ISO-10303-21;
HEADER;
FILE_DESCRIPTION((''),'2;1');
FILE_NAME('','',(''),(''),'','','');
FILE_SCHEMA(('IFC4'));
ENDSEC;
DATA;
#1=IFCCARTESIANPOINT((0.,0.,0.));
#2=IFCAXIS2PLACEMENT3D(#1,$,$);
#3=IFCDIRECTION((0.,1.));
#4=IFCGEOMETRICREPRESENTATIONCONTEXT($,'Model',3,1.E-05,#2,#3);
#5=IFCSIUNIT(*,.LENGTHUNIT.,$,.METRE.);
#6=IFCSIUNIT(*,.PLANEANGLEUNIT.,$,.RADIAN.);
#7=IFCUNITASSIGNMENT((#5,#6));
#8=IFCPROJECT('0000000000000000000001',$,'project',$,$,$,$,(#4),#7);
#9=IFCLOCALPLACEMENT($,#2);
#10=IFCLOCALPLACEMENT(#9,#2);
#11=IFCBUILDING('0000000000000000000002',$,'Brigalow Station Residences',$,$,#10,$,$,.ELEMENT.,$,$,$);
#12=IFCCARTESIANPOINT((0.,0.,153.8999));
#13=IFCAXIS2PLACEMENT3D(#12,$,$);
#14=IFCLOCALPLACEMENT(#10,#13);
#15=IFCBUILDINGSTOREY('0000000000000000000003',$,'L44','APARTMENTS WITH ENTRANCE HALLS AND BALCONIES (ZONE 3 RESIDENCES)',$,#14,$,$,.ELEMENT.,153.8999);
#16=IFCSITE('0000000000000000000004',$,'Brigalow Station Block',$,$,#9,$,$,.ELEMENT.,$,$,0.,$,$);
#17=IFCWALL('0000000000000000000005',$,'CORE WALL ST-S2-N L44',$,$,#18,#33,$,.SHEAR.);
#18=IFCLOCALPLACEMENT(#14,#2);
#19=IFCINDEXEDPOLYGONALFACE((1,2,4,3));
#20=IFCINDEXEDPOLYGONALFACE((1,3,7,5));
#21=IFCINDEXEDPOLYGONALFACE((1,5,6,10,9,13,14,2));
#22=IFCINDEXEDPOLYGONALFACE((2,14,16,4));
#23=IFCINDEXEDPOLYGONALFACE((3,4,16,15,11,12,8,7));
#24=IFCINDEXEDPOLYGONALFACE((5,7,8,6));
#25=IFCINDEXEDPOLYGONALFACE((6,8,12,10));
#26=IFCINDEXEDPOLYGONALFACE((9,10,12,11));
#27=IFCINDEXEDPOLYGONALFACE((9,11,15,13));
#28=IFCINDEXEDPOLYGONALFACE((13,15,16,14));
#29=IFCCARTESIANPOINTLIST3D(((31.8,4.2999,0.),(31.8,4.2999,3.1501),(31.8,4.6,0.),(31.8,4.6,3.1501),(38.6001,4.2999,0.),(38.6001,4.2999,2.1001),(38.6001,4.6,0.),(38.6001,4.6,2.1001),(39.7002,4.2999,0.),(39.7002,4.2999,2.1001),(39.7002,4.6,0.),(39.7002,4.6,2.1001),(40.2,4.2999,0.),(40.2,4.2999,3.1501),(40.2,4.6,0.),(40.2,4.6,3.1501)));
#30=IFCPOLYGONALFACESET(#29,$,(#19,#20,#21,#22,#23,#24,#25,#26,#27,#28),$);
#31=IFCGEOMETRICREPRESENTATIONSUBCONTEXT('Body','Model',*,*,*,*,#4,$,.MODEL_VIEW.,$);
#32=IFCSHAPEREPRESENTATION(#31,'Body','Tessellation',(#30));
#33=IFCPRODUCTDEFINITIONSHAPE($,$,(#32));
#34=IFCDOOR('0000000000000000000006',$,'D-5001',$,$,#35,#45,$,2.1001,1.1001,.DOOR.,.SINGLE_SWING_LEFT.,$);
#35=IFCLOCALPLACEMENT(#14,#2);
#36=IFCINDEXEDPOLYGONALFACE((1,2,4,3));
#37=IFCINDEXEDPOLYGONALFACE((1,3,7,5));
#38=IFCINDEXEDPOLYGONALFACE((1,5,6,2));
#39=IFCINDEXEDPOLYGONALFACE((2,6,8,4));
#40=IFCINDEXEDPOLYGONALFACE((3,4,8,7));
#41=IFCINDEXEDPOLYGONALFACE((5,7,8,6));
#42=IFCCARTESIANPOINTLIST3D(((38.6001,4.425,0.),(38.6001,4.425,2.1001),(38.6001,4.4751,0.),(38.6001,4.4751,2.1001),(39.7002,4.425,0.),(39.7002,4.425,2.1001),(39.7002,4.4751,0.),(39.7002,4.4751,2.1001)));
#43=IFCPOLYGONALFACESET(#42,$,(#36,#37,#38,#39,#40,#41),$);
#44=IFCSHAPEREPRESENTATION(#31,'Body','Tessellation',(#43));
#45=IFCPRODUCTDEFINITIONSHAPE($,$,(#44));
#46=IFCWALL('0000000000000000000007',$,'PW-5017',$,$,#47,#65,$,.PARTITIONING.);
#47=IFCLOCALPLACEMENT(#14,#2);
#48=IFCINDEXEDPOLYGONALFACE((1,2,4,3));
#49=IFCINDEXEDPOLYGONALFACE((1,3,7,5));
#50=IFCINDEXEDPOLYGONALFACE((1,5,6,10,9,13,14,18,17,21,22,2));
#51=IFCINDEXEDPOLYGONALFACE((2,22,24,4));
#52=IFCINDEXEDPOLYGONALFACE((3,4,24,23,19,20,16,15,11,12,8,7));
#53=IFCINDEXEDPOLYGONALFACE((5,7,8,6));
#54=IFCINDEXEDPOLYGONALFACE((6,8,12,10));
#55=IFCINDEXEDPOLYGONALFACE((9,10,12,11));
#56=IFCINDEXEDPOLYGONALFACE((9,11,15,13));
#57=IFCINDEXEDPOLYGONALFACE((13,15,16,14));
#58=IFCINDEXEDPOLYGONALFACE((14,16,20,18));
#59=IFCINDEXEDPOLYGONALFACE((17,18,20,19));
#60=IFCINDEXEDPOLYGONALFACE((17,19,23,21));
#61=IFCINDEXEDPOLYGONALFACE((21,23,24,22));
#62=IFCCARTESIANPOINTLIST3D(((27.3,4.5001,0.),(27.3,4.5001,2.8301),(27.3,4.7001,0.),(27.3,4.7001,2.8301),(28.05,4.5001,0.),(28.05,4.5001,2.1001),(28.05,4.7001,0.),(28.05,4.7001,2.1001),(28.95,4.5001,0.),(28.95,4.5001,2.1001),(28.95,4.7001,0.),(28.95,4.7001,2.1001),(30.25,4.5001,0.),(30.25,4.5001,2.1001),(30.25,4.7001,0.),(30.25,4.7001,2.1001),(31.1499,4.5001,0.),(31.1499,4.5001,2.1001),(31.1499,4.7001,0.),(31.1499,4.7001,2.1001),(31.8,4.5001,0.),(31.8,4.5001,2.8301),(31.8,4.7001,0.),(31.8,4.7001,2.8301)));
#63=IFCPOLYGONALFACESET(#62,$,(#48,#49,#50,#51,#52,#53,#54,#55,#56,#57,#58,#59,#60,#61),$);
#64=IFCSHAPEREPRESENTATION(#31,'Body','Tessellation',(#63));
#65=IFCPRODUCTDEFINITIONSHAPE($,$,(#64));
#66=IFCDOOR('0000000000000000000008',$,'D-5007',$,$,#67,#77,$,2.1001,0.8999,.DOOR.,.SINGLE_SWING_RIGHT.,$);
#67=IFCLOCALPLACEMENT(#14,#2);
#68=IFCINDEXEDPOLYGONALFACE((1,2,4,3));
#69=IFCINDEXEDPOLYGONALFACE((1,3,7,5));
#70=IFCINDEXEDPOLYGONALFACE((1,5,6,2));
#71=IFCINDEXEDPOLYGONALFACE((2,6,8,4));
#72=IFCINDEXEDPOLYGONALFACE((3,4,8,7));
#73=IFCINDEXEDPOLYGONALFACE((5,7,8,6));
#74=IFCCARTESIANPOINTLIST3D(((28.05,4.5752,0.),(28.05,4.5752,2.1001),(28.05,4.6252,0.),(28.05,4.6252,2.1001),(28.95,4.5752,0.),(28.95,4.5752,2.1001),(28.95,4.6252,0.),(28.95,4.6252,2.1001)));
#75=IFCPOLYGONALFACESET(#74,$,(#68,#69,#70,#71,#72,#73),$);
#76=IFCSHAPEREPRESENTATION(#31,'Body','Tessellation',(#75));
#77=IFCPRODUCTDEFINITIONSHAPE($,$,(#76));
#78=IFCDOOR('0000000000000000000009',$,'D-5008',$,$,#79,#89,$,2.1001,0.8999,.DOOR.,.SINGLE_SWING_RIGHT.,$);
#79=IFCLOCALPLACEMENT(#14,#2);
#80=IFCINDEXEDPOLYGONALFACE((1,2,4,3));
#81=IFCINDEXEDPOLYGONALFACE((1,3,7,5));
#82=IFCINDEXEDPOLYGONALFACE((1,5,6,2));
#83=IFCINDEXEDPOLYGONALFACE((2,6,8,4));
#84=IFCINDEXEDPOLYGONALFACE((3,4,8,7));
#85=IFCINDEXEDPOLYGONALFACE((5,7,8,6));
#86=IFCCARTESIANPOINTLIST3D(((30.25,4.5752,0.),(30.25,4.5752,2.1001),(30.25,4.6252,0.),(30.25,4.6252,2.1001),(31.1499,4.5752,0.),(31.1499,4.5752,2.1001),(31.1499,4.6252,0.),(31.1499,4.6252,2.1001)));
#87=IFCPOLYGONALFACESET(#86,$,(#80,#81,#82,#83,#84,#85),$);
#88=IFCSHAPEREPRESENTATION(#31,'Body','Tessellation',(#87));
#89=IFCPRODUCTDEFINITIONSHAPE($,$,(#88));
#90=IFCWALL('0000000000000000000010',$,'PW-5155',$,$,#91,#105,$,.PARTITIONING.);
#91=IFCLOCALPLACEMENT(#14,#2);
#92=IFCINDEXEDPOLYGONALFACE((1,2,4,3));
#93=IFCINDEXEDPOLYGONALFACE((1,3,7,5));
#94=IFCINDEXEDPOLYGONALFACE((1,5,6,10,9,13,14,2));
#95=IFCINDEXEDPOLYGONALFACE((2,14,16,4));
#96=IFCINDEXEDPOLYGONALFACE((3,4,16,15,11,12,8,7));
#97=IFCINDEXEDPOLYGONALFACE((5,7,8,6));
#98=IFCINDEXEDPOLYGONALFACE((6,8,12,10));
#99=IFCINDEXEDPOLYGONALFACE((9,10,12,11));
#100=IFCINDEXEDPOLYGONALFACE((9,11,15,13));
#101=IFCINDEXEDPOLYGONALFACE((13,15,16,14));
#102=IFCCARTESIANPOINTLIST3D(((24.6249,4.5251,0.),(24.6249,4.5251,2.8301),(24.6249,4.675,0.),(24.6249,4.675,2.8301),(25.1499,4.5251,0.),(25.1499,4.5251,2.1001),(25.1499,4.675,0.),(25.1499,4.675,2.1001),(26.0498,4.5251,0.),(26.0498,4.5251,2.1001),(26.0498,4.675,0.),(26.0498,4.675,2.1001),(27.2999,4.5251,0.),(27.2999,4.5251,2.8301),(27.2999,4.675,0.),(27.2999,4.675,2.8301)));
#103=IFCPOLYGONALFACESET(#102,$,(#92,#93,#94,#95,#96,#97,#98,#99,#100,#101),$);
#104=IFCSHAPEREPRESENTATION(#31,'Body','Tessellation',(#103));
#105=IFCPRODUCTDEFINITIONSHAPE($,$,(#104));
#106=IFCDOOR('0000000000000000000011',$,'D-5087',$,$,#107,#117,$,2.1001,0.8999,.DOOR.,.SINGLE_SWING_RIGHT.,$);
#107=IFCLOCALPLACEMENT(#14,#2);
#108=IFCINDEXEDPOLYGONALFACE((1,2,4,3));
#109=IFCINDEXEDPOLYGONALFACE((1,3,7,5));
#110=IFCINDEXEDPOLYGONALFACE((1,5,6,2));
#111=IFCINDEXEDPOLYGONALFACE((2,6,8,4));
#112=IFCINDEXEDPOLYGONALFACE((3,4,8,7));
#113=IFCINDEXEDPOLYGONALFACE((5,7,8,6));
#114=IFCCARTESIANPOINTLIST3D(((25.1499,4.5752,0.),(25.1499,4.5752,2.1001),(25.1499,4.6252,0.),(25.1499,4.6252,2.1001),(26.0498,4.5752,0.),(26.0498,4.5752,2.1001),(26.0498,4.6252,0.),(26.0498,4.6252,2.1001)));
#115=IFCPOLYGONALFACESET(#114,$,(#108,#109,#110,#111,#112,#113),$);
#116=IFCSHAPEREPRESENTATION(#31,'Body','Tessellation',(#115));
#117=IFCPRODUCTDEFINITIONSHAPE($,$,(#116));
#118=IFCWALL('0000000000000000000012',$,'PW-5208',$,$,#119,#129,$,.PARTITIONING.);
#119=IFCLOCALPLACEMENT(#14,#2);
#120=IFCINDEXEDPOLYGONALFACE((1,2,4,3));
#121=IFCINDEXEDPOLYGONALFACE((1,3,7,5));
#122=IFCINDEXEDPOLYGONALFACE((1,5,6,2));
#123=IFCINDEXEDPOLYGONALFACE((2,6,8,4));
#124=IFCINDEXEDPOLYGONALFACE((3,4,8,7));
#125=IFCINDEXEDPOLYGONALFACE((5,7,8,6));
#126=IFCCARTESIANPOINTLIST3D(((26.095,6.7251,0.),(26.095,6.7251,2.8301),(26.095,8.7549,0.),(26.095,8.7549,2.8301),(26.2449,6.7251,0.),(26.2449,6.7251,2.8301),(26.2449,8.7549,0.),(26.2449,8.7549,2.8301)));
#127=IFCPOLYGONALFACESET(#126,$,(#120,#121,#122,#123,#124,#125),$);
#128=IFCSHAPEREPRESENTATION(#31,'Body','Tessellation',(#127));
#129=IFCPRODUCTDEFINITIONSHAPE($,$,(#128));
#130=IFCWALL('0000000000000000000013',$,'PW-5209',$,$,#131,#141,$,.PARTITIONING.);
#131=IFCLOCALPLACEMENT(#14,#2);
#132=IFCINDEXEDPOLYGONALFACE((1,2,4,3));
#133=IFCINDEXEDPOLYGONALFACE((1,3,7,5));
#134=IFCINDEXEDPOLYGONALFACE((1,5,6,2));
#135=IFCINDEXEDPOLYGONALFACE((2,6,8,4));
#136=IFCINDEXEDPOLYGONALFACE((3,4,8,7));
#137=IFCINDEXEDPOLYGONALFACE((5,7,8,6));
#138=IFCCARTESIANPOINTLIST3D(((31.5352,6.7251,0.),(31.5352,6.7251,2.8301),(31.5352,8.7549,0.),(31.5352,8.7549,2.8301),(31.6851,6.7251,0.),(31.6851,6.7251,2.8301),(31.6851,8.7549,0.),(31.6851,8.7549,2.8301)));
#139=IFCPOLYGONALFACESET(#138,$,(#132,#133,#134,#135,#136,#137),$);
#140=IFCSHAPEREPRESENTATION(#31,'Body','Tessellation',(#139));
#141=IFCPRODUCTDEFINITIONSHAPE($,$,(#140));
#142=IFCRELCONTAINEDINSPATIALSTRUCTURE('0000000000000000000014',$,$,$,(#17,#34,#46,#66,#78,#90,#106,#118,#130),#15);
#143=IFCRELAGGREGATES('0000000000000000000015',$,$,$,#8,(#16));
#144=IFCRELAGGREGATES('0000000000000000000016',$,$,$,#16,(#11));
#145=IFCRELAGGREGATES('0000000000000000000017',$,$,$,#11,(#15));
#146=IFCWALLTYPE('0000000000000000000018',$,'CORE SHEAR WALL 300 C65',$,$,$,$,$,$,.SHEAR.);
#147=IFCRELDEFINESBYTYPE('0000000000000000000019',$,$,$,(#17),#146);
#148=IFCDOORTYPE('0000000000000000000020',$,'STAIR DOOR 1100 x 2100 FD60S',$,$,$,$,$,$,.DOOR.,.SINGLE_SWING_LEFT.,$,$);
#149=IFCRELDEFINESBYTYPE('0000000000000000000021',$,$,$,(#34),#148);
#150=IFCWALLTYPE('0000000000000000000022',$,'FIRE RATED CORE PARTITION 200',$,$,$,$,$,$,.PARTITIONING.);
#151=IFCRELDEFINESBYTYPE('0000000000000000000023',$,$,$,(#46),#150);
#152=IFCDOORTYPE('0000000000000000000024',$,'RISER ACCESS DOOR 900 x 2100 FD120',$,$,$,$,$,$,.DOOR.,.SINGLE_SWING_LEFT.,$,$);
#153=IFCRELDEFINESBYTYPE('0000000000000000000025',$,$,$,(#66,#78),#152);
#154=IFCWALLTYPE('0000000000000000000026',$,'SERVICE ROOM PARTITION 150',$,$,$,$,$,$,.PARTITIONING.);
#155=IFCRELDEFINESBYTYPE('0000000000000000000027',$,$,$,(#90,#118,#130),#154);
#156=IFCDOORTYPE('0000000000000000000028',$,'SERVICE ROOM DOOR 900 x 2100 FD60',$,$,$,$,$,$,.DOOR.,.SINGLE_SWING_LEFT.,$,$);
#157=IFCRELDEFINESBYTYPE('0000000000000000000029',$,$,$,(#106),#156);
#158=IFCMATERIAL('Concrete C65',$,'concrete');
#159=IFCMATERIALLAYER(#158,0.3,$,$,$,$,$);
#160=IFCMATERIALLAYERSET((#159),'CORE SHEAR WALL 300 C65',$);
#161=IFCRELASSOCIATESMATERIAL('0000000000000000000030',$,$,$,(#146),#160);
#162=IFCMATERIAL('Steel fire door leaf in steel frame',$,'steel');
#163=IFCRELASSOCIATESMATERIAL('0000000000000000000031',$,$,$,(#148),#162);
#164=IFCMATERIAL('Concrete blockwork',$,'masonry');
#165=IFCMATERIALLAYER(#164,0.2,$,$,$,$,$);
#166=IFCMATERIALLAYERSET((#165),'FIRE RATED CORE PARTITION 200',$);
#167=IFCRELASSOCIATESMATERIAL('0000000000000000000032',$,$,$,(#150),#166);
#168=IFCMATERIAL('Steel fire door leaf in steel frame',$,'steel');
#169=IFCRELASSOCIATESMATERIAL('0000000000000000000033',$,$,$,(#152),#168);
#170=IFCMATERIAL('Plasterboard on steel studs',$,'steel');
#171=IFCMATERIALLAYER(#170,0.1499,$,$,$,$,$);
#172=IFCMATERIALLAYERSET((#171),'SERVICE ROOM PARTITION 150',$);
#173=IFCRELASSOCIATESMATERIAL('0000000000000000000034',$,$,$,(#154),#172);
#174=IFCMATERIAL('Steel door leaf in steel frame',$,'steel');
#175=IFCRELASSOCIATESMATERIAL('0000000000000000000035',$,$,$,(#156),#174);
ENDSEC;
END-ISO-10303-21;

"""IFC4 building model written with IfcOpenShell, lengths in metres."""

from ifc_helpers import new_model, si_unit, direction, frame, frame_2d, origin, place, context, subcontext, project, spatial, rectangle, extrude, material, layer, layer_set, type_object, element, fill, save


model = new_model("IFC4")

# Units and contexts
model_context = context("Model", 3, precision=1e-05, world=origin(), true_north=direction((0.0, 1.0)))
body_context = subcontext(model_context, "Body", "Model", "MODEL_VIEW")
ifc_project = project(units=[si_unit("LENGTHUNIT", "METRE"), si_unit("PLANEANGLEUNIT", "RADIAN")], contexts=[model_context])

# Site, building, storey
site_placement = place(None, origin())
site = spatial("IfcSite", under=ifc_project, at=site_placement, Name="Brigalow Station Block", CompositionType="ELEMENT", RefElevation=0.0)
building_placement = place(site_placement, origin())
building = spatial("IfcBuilding", under=site, at=building_placement, Name="Brigalow Station Residences", CompositionType="ELEMENT")
storey_placement = place(building_placement, frame((0.0, 0.0, 153.8999)))
storey = spatial("IfcBuildingStorey", under=building, at=storey_placement, Name="L44", Description="APARTMENTS WITH ENTRANCE HALLS AND BALCONIES (ZONE 3 RESIDENCES)", CompositionType="ELEMENT", Elevation=153.8999)

# Wall, opening, door
ifc_material_1 = material(Name="Concrete C65", Category="concrete")
ifc_layer_1 = layer(ifc_material_1, 0.3)
ifc_layer_set_1 = layer_set([ifc_layer_1], Name="CORE SHEAR WALL 300 C65")
wall_type_1 = type_object("IfcWallType", Name="CORE SHEAR WALL 300 C65", PredefinedType="SHEAR", material=ifc_layer_set_1)
wall_1_placement = place(storey_placement, frame((31.8, 4.45, 0.0), z_axis=(0.0, 0.0, 1.0), x_axis=(1.0, 0.0, 0.0)))
wall_1 = element("IfcWall", 1, at=wall_1_placement, inside=storey, type_object=wall_type_1, Name="CORE WALL ST-S2-N L44", PredefinedType="SHEAR", context=body_context, shape_type="SweptSolid", body=[
    extrude(rectangle(XDim=8.3999, YDim=0.3, at=frame_2d((4.2, 0.0))), origin(), (0.0, 0.0, 1.0), 3.1501),
])
opening_1_placement = place(wall_1_placement, frame((6.8, 0.0, 0.0)))
opening_1 = element("IfcOpeningElement", 2, at=opening_1_placement, cuts=wall_1, PredefinedType="OPENING", context=body_context, shape_type="SweptSolid", body=[
    extrude(rectangle(XDim=1.1001, YDim=2.1001, at=frame_2d((0.55, 1.05))), frame((0.0, 0.1602, 0.0), z_axis=(0.0, -1.0, 0.0), x_axis=(1.0, 0.0, 0.0)), (0.0, 0.0, 1.0), 0.3201),
])
ifc_material_2 = material(Name="Steel fire door leaf in steel frame", Category="steel")
door_type_1 = type_object("IfcDoorType", Name="STAIR DOOR 1100 x 2100 FD60S", OperationType="SINGLE_SWING_LEFT", PredefinedType="DOOR", material=ifc_material_2)
door_1_placement = place(opening_1_placement, frame((1.1001, 0.0, 0.0), z_axis=(0.0, 0.0, 1.0), x_axis=(-1.0, 0.0, 0.0)))
door_1 = element("IfcDoor", 3, at=door_1_placement, inside=storey, type_object=door_type_1, Name="D-5001", OperationType="SINGLE_SWING_LEFT", OverallHeight=2.1001, OverallWidth=1.1001, PredefinedType="DOOR", context=body_context, shape_type="SweptSolid", body=[
    extrude(rectangle(XDim=1.1001, YDim=2.1001, at=frame_2d((0.55, 1.05))), frame((0.0, 0.0249, 0.0), z_axis=(0.0, -1.0, 0.0), x_axis=(1.0, 0.0, 0.0)), (0.0, 0.0, 1.0), 0.05),
])
fill(opening_1, door_1)

# Wall, openings, doors
ifc_material_3 = material(Name="Concrete blockwork", Category="masonry")
ifc_layer_2 = layer(ifc_material_3, 0.2)
ifc_layer_set_2 = layer_set([ifc_layer_2], Name="FIRE RATED CORE PARTITION 200")
wall_type_2 = type_object("IfcWallType", Name="FIRE RATED CORE PARTITION 200", PredefinedType="PARTITIONING", material=ifc_layer_set_2)
wall_2_placement = place(storey_placement, frame((27.3, 4.6001, 0.0), z_axis=(0.0, 0.0, 1.0), x_axis=(1.0, 0.0, 0.0)))
wall_2 = element("IfcWall", 4, at=wall_2_placement, inside=storey, type_object=wall_type_2, Name="PW-5017", PredefinedType="PARTITIONING", context=body_context, shape_type="SweptSolid", body=[
    extrude(rectangle(XDim=4.5, YDim=0.2, at=frame_2d((2.25, 0.0))), origin(), (0.0, 0.0, 1.0), 2.8301),
])
opening_2_placement = place(wall_2_placement, frame((0.75, 0.0, 0.0)))
opening_2 = element("IfcOpeningElement", 5, at=opening_2_placement, cuts=wall_2, PredefinedType="OPENING", context=body_context, shape_type="SweptSolid", body=[
    extrude(rectangle(XDim=0.8999, YDim=2.1001, at=frame_2d((0.45, 1.05))), frame((0.0, 0.1099, 0.0), z_axis=(0.0, -1.0, 0.0), x_axis=(1.0, 0.0, 0.0)), (0.0, 0.0, 1.0), 0.22),
])
opening_3_placement = place(wall_2_placement, frame((2.95, 0.0, 0.0)))
opening_3 = element("IfcOpeningElement", 6, at=opening_3_placement, cuts=wall_2, PredefinedType="OPENING", context=body_context, shape_type="SweptSolid", body=[
    extrude(rectangle(XDim=0.8999, YDim=2.1001, at=frame_2d((0.45, 1.05))), frame((0.0, 0.1099, 0.0), z_axis=(0.0, -1.0, 0.0), x_axis=(1.0, 0.0, 0.0)), (0.0, 0.0, 1.0), 0.22),
])
ifc_material_4 = material(Name="Steel fire door leaf in steel frame", Category="steel")
door_type_2 = type_object("IfcDoorType", Name="RISER ACCESS DOOR 900 x 2100 FD120", OperationType="SINGLE_SWING_LEFT", PredefinedType="DOOR", material=ifc_material_4)
door_2_placement = place(opening_2_placement, frame((0.8999, 0.0, 0.0), z_axis=(0.0, 0.0, 1.0), x_axis=(-1.0, 0.0, 0.0)))
door_2 = element("IfcDoor", 7, at=door_2_placement, inside=storey, type_object=door_type_2, Name="D-5007", OperationType="SINGLE_SWING_RIGHT", OverallHeight=2.1001, OverallWidth=0.8999, PredefinedType="DOOR", context=body_context, shape_type="SweptSolid", body=[
    extrude(rectangle(XDim=0.8999, YDim=2.1001, at=frame_2d((0.45, 1.05))), frame((0.0, 0.0249, 0.0), z_axis=(0.0, -1.0, 0.0), x_axis=(1.0, 0.0, 0.0)), (0.0, 0.0, 1.0), 0.05),
])
fill(opening_2, door_2)
door_3_placement = place(opening_3_placement, frame((0.8999, 0.0, 0.0), z_axis=(0.0, 0.0, 1.0), x_axis=(-1.0, 0.0, 0.0)))
door_3 = element("IfcDoor", 8, at=door_3_placement, inside=storey, type_object=door_type_2, Name="D-5008", OperationType="SINGLE_SWING_RIGHT", OverallHeight=2.1001, OverallWidth=0.8999, PredefinedType="DOOR", context=body_context, shape_type="SweptSolid", body=[
    extrude(rectangle(XDim=0.8999, YDim=2.1001, at=frame_2d((0.45, 1.05))), frame((0.0, 0.0249, 0.0), z_axis=(0.0, -1.0, 0.0), x_axis=(1.0, 0.0, 0.0)), (0.0, 0.0, 1.0), 0.05),
])
fill(opening_3, door_3)

# Wall, opening, door
ifc_material_5 = material(Name="Plasterboard on steel studs", Category="steel")
ifc_layer_3 = layer(ifc_material_5, 0.1499)
ifc_layer_set_3 = layer_set([ifc_layer_3], Name="SERVICE ROOM PARTITION 150")
wall_type_3 = type_object("IfcWallType", Name="SERVICE ROOM PARTITION 150", PredefinedType="PARTITIONING", material=ifc_layer_set_3)
wall_3_placement = place(storey_placement, frame((24.625, 4.6001, 0.0), z_axis=(0.0, 0.0, 1.0), x_axis=(1.0, 0.0, 0.0)))
wall_3 = element("IfcWall", 9, at=wall_3_placement, inside=storey, type_object=wall_type_3, Name="PW-5155", PredefinedType="PARTITIONING", context=body_context, shape_type="SweptSolid", body=[
    extrude(rectangle(XDim=2.675, YDim=0.1499, at=frame_2d((1.3374, 0.0))), origin(), (0.0, 0.0, 1.0), 2.8301),
])
opening_4_placement = place(wall_3_placement, frame((0.5249, 0.0, 0.0)))
opening_4 = element("IfcOpeningElement", 10, at=opening_4_placement, cuts=wall_3, PredefinedType="OPENING", context=body_context, shape_type="SweptSolid", body=[
    extrude(rectangle(XDim=0.8999, YDim=2.1001, at=frame_2d((0.45, 1.05))), frame((0.0, 0.085, 0.0), z_axis=(0.0, -1.0, 0.0), x_axis=(1.0, 0.0, 0.0)), (0.0, 0.0, 1.0), 0.1699),
])
ifc_material_6 = material(Name="Steel door leaf in steel frame", Category="steel")
door_type_3 = type_object("IfcDoorType", Name="SERVICE ROOM DOOR 900 x 2100 FD60", OperationType="SINGLE_SWING_LEFT", PredefinedType="DOOR", material=ifc_material_6)
door_4_placement = place(opening_4_placement, frame((0.8999, 0.0, 0.0), z_axis=(0.0, 0.0, 1.0), x_axis=(-1.0, 0.0, 0.0)))
door_4 = element("IfcDoor", 11, at=door_4_placement, inside=storey, type_object=door_type_3, Name="D-5087", OperationType="SINGLE_SWING_RIGHT", OverallHeight=2.1001, OverallWidth=0.8999, PredefinedType="DOOR", context=body_context, shape_type="SweptSolid", body=[
    extrude(rectangle(XDim=0.8999, YDim=2.1001, at=frame_2d((0.45, 1.05))), frame((0.0, 0.0249, 0.0), z_axis=(0.0, -1.0, 0.0), x_axis=(1.0, 0.0, 0.0)), (0.0, 0.0, 1.0), 0.05),
])
fill(opening_4, door_4)

# Walls
for number, where, z_axis, x_axis, name in (
    (12, (26.1699, 6.7251, 0.0), (0.0, 0.0, 1.0), (0.0, 1.0, 0.0), "PW-5208"),
    (13, (31.6101, 6.7251, 0.0), (0.0, 0.0, 1.0), (0.0, 1.0, 0.0), "PW-5209"),
):
    element("IfcWall", number, at=place(storey_placement, frame(where, z_axis=z_axis, x_axis=x_axis)), inside=storey, type_object=wall_type_3, Name=name, PredefinedType="PARTITIONING", context=body_context, shape_type="SweptSolid", body=[
        extrude(rectangle(XDim=2.0298, YDim=0.1499, at=frame_2d((1.0149, 0.0))), origin(), (0.0, 0.0, 1.0), 2.8301),
    ])

save(model, "model.ifc")
